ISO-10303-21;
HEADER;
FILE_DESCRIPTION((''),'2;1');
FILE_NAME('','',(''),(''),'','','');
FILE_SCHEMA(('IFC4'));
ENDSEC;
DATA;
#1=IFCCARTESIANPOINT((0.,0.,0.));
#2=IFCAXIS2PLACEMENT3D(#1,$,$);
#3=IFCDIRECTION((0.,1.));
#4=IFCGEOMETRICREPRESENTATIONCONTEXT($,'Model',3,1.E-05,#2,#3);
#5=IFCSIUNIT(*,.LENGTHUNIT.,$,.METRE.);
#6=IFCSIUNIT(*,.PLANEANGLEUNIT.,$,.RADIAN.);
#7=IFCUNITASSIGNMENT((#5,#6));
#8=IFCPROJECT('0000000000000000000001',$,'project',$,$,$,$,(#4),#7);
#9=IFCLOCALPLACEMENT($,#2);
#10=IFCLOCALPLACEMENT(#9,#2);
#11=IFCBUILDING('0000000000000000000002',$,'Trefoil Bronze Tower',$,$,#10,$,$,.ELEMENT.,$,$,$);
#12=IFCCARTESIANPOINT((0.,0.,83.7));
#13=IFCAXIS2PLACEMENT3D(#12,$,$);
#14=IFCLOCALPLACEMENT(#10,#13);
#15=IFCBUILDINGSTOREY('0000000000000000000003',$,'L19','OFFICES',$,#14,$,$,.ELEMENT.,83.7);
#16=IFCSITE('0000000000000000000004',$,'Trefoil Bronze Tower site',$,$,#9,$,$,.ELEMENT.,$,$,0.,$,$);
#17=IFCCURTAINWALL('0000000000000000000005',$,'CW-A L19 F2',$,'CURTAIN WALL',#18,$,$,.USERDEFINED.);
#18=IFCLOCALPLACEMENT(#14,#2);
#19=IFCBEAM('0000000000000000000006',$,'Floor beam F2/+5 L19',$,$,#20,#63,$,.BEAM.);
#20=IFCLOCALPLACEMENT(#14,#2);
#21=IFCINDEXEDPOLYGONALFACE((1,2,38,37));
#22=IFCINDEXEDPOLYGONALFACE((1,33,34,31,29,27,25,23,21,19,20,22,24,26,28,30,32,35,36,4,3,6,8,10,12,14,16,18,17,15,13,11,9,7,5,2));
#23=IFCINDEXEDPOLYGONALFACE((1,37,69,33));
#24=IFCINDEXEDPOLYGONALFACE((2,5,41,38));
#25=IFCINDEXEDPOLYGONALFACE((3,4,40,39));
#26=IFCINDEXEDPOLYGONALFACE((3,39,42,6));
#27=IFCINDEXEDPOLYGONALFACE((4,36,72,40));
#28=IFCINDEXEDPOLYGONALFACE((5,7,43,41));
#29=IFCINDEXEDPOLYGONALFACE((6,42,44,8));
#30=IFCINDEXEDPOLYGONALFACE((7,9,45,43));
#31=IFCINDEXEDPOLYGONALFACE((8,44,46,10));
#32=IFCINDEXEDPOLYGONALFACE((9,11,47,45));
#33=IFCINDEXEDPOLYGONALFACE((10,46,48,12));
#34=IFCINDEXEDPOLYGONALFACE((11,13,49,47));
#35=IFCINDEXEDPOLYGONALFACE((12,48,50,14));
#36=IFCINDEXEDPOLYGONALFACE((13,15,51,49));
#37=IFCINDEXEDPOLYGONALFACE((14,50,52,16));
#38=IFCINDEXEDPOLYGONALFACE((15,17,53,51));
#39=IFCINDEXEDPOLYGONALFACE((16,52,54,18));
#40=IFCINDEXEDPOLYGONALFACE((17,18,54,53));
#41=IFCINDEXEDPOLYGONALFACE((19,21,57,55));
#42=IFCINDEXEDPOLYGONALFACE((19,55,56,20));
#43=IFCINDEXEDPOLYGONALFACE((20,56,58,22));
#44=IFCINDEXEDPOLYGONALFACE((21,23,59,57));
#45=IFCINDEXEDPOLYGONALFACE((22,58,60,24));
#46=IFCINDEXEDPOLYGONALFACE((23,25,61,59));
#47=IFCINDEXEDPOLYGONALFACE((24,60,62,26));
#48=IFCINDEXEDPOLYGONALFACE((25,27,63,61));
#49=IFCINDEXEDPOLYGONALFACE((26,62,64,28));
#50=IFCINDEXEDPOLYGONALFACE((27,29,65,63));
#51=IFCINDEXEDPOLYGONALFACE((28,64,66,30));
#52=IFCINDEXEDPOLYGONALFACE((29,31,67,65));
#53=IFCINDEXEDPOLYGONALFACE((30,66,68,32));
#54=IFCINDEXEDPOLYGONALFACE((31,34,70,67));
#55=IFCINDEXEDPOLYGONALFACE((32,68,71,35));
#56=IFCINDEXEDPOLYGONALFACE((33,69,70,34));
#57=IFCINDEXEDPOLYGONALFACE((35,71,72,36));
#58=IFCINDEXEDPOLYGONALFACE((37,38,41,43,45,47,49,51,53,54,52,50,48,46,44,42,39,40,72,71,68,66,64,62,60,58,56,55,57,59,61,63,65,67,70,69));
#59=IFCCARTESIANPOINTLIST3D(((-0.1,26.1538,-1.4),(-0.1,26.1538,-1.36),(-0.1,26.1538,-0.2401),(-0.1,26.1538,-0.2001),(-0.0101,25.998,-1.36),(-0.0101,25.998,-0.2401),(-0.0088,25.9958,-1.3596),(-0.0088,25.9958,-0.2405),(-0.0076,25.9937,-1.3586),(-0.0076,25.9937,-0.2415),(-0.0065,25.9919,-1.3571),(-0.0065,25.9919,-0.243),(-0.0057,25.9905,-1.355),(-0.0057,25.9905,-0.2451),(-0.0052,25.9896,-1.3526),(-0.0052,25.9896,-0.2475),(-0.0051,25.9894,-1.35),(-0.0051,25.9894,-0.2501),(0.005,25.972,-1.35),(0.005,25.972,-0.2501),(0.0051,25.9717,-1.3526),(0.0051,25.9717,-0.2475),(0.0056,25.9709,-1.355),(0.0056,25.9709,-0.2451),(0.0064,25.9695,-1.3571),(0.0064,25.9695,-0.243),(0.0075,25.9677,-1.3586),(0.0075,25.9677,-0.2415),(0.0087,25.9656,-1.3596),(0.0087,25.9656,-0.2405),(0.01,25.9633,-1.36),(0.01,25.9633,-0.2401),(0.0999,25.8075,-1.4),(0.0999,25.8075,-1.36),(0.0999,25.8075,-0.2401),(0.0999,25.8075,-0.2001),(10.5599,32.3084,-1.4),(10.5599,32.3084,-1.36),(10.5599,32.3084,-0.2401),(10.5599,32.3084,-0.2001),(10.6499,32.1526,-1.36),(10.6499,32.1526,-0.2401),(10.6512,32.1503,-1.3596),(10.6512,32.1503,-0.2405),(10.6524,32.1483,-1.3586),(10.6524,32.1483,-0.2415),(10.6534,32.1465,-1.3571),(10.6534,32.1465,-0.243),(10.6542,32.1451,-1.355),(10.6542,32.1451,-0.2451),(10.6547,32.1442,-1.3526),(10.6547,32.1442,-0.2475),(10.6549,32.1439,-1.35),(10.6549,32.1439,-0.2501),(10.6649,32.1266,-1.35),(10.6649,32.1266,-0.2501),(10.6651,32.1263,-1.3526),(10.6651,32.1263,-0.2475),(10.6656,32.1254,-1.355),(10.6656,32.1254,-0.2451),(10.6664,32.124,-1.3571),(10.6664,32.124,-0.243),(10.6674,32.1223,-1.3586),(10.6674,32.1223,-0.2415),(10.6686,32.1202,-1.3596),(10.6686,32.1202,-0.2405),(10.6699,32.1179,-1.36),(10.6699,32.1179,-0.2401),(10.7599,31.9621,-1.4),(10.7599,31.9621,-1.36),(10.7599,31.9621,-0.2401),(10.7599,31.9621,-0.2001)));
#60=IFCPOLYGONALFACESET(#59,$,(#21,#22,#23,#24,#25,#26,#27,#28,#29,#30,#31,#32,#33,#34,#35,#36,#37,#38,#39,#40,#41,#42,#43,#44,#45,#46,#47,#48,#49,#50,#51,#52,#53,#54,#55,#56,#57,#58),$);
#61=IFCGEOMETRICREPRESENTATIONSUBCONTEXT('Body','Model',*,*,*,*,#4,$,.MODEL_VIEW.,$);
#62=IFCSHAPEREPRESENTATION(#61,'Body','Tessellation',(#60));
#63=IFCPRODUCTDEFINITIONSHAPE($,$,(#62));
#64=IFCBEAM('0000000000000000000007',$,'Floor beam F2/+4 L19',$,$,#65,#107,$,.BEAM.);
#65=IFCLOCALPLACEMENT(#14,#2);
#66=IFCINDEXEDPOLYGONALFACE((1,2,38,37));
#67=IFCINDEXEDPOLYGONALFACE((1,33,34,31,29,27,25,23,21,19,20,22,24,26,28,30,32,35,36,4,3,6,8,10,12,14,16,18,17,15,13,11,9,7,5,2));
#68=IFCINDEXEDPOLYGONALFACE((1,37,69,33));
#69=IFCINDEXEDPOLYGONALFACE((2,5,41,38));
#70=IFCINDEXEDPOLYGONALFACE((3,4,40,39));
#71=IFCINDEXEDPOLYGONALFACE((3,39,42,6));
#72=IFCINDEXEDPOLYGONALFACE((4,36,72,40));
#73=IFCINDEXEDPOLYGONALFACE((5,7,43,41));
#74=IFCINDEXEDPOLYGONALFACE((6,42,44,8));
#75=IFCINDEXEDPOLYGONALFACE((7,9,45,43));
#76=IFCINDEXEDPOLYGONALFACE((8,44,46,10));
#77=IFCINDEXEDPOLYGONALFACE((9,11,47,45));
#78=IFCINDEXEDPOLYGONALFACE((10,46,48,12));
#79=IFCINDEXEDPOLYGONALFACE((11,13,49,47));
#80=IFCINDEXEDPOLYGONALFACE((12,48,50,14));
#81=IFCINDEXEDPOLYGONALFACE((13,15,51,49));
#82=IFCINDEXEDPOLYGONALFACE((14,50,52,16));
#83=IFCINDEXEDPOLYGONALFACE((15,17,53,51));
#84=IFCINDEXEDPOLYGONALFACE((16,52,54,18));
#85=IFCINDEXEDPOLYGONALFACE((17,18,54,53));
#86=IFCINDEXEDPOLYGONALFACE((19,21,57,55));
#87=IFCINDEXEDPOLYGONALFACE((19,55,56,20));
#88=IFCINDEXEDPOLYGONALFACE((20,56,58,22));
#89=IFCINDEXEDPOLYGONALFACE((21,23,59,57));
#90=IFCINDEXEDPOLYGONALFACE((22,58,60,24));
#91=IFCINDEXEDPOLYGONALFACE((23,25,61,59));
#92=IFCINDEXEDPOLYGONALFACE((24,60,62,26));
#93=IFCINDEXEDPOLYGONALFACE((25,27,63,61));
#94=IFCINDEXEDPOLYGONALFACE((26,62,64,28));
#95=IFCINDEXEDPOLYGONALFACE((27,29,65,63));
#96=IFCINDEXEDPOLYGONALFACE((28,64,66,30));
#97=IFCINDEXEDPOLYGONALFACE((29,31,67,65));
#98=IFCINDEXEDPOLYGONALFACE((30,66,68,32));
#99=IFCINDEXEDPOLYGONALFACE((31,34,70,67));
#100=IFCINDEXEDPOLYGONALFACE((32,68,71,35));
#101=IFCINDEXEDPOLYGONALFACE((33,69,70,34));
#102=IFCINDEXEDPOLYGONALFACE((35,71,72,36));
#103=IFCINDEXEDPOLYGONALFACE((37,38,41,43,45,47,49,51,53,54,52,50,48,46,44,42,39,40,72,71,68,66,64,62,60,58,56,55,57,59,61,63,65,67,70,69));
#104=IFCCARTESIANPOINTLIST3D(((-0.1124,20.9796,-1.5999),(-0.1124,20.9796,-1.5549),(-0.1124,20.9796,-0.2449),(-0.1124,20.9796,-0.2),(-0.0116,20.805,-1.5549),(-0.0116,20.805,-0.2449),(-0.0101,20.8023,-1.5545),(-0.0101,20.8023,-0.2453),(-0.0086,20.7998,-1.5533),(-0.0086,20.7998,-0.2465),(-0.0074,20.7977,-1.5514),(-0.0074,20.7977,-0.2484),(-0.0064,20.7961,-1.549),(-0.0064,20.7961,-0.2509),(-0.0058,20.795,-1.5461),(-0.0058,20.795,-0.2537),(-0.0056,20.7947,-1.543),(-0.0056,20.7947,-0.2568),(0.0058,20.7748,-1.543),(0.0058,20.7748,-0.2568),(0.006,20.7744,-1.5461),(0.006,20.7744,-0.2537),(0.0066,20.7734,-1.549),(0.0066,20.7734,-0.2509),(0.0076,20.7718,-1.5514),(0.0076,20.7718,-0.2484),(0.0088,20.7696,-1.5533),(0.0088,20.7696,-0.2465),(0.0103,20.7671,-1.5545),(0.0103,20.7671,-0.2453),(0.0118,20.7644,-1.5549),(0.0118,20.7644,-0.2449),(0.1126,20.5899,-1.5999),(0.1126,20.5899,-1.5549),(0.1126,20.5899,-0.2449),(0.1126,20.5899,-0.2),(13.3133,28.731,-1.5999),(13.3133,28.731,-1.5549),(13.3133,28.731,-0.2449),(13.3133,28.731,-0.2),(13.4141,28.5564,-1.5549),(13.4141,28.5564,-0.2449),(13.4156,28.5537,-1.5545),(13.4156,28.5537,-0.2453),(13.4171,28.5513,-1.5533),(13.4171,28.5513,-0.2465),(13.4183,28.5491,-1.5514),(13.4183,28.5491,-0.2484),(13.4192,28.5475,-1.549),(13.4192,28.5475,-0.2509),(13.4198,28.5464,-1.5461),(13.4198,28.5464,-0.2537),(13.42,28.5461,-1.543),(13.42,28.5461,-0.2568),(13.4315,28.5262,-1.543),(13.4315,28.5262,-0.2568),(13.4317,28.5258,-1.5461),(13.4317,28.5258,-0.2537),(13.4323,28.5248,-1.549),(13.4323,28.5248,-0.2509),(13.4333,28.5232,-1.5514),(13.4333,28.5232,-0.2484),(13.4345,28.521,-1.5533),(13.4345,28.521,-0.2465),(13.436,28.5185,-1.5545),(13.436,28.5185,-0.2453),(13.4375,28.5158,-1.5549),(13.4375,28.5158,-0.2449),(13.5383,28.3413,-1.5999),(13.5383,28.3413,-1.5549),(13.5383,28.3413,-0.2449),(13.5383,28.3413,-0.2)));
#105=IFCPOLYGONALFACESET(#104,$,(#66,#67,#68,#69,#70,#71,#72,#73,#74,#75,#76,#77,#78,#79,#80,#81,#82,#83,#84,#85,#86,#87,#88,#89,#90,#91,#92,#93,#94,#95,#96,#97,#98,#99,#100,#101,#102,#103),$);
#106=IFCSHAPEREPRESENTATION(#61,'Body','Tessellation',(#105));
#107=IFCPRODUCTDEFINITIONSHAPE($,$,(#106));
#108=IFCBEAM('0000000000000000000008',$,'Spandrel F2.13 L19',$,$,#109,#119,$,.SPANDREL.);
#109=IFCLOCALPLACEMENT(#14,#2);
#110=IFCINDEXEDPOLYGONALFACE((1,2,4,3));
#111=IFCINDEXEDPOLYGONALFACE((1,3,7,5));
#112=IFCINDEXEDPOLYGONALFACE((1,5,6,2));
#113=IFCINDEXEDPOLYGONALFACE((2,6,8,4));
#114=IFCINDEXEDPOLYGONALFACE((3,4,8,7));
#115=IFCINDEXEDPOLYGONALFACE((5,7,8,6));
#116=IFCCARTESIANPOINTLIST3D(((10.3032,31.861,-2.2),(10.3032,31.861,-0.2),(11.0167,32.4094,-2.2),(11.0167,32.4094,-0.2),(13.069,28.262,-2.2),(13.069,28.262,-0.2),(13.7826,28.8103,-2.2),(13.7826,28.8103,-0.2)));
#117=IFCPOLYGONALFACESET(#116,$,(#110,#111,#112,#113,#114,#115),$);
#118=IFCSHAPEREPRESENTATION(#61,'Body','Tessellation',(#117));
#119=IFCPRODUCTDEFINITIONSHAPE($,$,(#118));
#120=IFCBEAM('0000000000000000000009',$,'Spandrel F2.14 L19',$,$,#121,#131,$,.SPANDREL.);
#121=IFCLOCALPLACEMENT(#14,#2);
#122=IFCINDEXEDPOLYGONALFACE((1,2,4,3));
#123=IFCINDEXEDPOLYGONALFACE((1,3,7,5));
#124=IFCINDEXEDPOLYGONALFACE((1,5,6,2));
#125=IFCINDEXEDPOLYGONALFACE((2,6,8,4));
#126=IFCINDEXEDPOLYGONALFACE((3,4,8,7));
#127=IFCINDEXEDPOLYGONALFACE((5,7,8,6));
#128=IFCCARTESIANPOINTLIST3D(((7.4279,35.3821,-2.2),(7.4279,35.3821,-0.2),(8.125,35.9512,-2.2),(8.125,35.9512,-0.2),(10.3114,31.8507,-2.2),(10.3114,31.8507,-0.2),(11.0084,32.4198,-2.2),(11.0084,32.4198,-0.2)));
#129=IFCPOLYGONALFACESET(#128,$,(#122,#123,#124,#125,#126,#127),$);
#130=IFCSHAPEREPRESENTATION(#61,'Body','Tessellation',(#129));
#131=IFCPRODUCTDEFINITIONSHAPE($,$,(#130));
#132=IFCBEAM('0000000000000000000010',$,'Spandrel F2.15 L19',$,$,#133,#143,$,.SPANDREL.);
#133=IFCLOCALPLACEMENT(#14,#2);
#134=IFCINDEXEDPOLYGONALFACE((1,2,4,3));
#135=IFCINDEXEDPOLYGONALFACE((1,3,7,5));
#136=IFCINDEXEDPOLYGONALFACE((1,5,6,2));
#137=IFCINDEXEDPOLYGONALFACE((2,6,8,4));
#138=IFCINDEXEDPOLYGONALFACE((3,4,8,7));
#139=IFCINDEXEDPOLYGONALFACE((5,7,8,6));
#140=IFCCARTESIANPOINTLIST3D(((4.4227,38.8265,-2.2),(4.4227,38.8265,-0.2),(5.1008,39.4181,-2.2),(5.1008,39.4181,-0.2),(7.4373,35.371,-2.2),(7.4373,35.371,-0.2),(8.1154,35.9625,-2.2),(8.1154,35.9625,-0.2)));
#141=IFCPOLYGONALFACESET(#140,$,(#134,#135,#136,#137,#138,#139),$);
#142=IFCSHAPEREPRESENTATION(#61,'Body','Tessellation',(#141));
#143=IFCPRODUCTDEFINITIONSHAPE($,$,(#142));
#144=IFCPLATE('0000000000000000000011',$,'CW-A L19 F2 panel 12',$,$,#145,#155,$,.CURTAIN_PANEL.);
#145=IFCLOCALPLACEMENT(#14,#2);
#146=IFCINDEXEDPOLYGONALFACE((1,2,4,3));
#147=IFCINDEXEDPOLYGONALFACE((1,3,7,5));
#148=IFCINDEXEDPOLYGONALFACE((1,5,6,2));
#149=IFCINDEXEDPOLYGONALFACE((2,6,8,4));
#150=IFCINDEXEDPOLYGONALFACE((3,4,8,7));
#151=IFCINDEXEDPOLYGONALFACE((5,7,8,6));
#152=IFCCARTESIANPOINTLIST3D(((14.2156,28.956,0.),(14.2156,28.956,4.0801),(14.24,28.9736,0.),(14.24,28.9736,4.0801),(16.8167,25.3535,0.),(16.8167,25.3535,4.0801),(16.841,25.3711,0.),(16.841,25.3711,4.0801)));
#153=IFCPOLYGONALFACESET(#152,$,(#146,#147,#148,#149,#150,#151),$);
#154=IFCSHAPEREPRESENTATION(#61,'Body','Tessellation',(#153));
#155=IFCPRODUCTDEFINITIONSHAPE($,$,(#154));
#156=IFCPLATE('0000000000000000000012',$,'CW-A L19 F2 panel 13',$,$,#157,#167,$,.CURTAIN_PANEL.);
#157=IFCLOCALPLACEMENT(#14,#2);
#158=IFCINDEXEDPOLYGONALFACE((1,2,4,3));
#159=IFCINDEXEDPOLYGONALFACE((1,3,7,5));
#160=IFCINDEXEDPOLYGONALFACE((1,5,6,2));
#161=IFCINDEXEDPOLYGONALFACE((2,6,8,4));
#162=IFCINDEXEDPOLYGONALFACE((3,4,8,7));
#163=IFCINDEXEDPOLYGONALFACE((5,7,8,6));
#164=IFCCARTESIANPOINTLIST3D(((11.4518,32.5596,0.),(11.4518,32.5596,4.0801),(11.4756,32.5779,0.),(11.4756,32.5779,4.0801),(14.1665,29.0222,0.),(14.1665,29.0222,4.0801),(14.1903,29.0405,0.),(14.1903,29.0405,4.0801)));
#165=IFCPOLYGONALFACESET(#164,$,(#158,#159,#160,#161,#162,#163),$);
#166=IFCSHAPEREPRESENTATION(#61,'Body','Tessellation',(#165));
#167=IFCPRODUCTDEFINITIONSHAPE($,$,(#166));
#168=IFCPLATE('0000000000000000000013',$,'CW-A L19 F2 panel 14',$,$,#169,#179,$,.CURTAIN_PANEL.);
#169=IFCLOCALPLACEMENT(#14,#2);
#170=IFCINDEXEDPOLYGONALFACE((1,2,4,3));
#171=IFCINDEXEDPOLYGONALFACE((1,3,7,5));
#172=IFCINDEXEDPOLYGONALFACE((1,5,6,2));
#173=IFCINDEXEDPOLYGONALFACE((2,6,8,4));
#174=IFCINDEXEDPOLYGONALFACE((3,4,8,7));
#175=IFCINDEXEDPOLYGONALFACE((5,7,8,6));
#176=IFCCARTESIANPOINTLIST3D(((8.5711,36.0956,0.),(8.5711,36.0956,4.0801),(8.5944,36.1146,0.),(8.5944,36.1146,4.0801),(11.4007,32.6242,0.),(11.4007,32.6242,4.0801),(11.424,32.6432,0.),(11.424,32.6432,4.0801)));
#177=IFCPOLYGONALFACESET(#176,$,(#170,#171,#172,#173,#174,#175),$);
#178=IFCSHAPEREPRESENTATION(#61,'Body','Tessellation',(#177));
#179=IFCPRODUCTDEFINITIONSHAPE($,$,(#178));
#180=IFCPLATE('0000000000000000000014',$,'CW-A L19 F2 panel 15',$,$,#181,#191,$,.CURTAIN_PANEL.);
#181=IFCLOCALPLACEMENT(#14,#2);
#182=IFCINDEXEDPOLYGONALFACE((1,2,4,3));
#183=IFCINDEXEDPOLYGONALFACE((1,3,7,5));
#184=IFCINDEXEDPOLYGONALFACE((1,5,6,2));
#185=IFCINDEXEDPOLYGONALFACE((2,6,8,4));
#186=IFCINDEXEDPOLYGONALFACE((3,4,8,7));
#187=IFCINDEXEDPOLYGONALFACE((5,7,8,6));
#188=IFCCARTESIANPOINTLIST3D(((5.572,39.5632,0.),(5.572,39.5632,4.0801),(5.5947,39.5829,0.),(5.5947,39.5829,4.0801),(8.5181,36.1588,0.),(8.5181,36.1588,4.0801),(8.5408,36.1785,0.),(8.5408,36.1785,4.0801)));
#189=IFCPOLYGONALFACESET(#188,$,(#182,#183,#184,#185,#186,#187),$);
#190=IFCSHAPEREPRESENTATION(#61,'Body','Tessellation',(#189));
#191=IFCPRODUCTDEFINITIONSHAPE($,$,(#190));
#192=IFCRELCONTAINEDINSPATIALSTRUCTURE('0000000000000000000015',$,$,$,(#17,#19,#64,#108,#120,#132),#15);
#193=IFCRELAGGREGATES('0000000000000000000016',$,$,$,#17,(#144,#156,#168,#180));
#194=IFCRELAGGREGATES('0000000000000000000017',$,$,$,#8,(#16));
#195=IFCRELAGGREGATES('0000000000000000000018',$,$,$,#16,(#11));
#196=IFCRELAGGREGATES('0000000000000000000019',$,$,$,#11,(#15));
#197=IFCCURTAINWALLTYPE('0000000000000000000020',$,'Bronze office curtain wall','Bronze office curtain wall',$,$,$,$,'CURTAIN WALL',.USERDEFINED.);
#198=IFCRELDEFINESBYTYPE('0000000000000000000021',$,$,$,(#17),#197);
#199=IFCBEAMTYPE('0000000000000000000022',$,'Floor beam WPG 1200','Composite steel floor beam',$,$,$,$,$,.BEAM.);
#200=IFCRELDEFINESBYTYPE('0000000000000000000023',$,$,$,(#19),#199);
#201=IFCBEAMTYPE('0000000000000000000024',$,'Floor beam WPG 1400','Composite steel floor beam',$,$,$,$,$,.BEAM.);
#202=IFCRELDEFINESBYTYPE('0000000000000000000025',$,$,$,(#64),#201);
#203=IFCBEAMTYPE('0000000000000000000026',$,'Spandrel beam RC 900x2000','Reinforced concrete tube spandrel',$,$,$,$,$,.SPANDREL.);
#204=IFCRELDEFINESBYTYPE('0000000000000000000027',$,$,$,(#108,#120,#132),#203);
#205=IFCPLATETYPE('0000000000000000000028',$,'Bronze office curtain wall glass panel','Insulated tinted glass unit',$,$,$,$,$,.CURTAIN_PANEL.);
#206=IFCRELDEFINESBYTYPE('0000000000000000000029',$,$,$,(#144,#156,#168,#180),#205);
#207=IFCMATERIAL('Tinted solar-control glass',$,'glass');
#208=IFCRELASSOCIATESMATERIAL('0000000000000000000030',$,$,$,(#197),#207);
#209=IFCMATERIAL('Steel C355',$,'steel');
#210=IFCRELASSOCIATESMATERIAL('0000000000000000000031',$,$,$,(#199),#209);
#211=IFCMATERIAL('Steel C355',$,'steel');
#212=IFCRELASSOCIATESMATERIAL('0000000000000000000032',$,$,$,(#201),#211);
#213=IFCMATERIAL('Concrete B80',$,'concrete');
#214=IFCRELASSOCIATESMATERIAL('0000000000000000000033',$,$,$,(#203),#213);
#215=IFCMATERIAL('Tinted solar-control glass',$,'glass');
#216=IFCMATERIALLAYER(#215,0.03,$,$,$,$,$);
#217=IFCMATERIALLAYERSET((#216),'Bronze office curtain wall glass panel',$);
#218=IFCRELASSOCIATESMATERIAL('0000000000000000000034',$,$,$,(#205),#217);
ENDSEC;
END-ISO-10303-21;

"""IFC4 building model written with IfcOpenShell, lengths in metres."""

from ifc_helpers import new_model, si_unit, direction, frame, origin, origin_2d, place, context, subcontext, project, spatial, rectangle, i_section, extrude, material, layer, layer_set, material_profile, profile_set, type_object, element, aggregate, save


model = new_model("IFC4")

# Units and contexts
model_context = context("Model", 3, precision=1e-05, world=origin(), true_north=direction((0.0, 1.0)))
body_context = subcontext(model_context, "Body", "Model", "MODEL_VIEW")
ifc_project = project(units=[si_unit("LENGTHUNIT", "METRE"), si_unit("PLANEANGLEUNIT", "RADIAN")], contexts=[model_context])

# Site, building, storey
site_placement = place(None, origin())
site = spatial("IfcSite", under=ifc_project, at=site_placement, Name="Trefoil Bronze Tower site", CompositionType="ELEMENT", RefElevation=0.0)
building_placement = place(site_placement, origin())
building = spatial("IfcBuilding", under=site, at=building_placement, Name="Trefoil Bronze Tower", CompositionType="ELEMENT")
storey_placement = place(building_placement, frame((0.0, 0.0, 83.7)))
storey = spatial("IfcBuildingStorey", under=building, at=storey_placement, Name="L19", Description="OFFICES", CompositionType="ELEMENT", Elevation=83.7)

# Curtain wall
ifc_material_1 = material(Name="Tinted solar-control glass", Category="glass")
curtain_wall_type_1 = type_object("IfcCurtainWallType", Name="Bronze office curtain wall", Description="Bronze office curtain wall", ElementType="CURTAIN WALL", PredefinedType="USERDEFINED", material=ifc_material_1)
curtain_wall_1_placement = place(storey_placement, origin())
curtain_wall_1 = element("IfcCurtainWall", 1, at=curtain_wall_1_placement, inside=storey, type_object=curtain_wall_type_1, Name="CW-A L19 F2", ObjectType="CURTAIN WALL", PredefinedType="USERDEFINED")

# Beams
ifc_material_2 = material(Name="Steel C355", Category="steel")
ifc_material_profile_1 = material_profile(ifc_material_2, i_section(OverallWidth=0.3999, OverallDepth=1.2, WebThickness=0.02, FlangeThickness=0.04, FilletRadius=0.01, at=origin_2d()), Name="WPG 1200")
ifc_profile_set_1 = profile_set([ifc_material_profile_1], Name="Steel C355")
beam_type_1 = type_object("IfcBeamType", Name="Floor beam WPG 1200", Description="Composite steel floor beam", PredefinedType="BEAM", material=ifc_profile_set_1)
beam_1_placement = place(storey_placement, frame((10.6599, 32.1353, -0.8), z_axis=(-0.866024, -0.500002, 0.0), x_axis=(0.500002, -0.866024, 0.0)))
element("IfcBeam", 2, at=beam_1_placement, inside=storey, type_object=beam_type_1, Name="Floor beam F2/+5 L19", PredefinedType="BEAM", context=body_context, shape_type="SweptSolid", body=[
    extrude(i_section(OverallWidth=0.3999, OverallDepth=1.2, WebThickness=0.02, FlangeThickness=0.04, FilletRadius=0.01, at=origin_2d()), origin(), (0.0, 0.0, 1.0), 12.3091),
])
ifc_material_3 = material(Name="Steel C355", Category="steel")
ifc_material_profile_2 = material_profile(ifc_material_3, i_section(OverallWidth=0.45, OverallDepth=1.3999, WebThickness=0.0229, FlangeThickness=0.0449, FilletRadius=0.012, at=origin_2d()), Name="WPG 1400")
ifc_profile_set_2 = profile_set([ifc_material_profile_2], Name="Steel C355")
beam_type_2 = type_object("IfcBeamType", Name="Floor beam WPG 1400", Description="Composite steel floor beam", PredefinedType="BEAM", material=ifc_profile_set_2)
beam_2_placement = place(storey_placement, frame((13.4258, 28.5361, -0.8999), z_axis=(-0.866023, -0.500004, 0.0), x_axis=(0.500004, -0.866023, 0.0)))
element("IfcBeam", 3, at=beam_2_placement, inside=storey, type_object=beam_type_2, Name="Floor beam F2/+4 L19", PredefinedType="BEAM", context=body_context, shape_type="SweptSolid", body=[
    extrude(i_section(OverallWidth=0.45, OverallDepth=1.3999, WebThickness=0.0229, FlangeThickness=0.0449, FilletRadius=0.012, at=origin_2d()), origin(), (0.0, 0.0, 1.0), 15.5027),
])
ifc_material_4 = material(Name="Concrete B80", Category="concrete")
ifc_material_profile_3 = material_profile(ifc_material_4, rectangle(XDim=0.8999, YDim=2.0, at=origin_2d()), Name="RC 900x2000")
ifc_profile_set_3 = profile_set([ifc_material_profile_3], Name="Concrete B80")
beam_type_3 = type_object("IfcBeamType", Name="Spandrel beam RC 900x2000", Description="Reinforced concrete tube spandrel", PredefinedType="SPANDREL", material=ifc_profile_set_3)
beam_3_placement = place(storey_placement, frame((13.4258, 28.5361, -1.2), z_axis=(-0.609339, 0.79291, 0.0), x_axis=(-0.79291, -0.609339, 0.0)))
element("IfcBeam", 4, at=beam_3_placement, inside=storey, type_object=beam_type_3, Name="Spandrel F2.13 L19", PredefinedType="SPANDREL", context=body_context, shape_type="SweptSolid", body=[
    extrude(rectangle(XDim=0.8999, YDim=2.0, at=origin_2d()), origin(), (0.0, 0.0, 1.0), 4.5391),
])
beam_4_placement = place(storey_placement, frame((10.6599, 32.1353, -1.2), z_axis=(-0.632468, 0.774587, 0.0), x_axis=(-0.774587, -0.632468, 0.0)))
element("IfcBeam", 5, at=beam_4_placement, inside=storey, type_object=beam_type_3, Name="Spandrel F2.14 L19", PredefinedType="SPANDREL", context=body_context, shape_type="SweptSolid", body=[
    extrude(rectangle(XDim=0.8999, YDim=2.0, at=origin_2d()), origin(), (0.0, 0.0, 1.0), 4.5591),
])
beam_5_placement = place(storey_placement, frame((7.7764, 35.6667, -1.2), z_axis=(-0.657396, 0.753545, 0.0), x_axis=(-0.753545, -0.657396, 0.0)))
element("IfcBeam", 6, at=beam_5_placement, inside=storey, type_object=beam_type_3, Name="Spandrel F2.15 L19", PredefinedType="SPANDREL", context=body_context, shape_type="SweptSolid", body=[
    extrude(rectangle(XDim=0.8999, YDim=2.0, at=origin_2d()), origin(), (0.0, 0.0, 1.0), 4.5857),
])

# Plates
ifc_material_5 = material(Name="Tinted solar-control glass", Category="glass")
ifc_layer_1 = layer(ifc_material_5, 0.03)
ifc_layer_set_1 = layer_set([ifc_layer_1], Name="Bronze office curtain wall glass panel")
plate_type_1 = type_object("IfcPlateType", Name="Bronze office curtain wall glass panel", Description="Insulated tinted glass unit", PredefinedType="CURTAIN_PANEL", material=ifc_layer_set_1)
plate_1_placement = place(storey_placement, frame((15.5283, 27.1636, 0.0), z_axis=(0.0, 0.0, 1.0), x_axis=(-0.585373, 0.810764, 0.0)))
plate_1 = element("IfcPlate", 7, at=plate_1_placement, type_object=plate_type_1, Name="CW-A L19 F2 panel 12", PredefinedType="CURTAIN_PANEL", context=body_context, shape_type="SweptSolid", body=[
    extrude(rectangle(XDim=4.4434, YDim=0.03, at=origin_2d()), origin(), (0.0, 0.0, 1.0), 4.0801),
])
plate_2_placement = place(storey_placement, frame((12.821, 30.8, 0.0), z_axis=(0.0, 0.0, 1.0), x_axis=(-0.608808, 0.793318, 0.0)))
plate_2 = element("IfcPlate", 8, at=plate_2_placement, type_object=plate_type_1, Name="CW-A L19 F2 panel 13", PredefinedType="CURTAIN_PANEL", context=body_context, shape_type="SweptSolid", body=[
    extrude(rectangle(XDim=4.459, YDim=0.03, at=origin_2d()), origin(), (0.0, 0.0, 1.0), 4.0801),
])
plate_3_placement = place(storey_placement, frame((9.9976, 34.3694, 0.0), z_axis=(0.0, 0.0, 1.0), x_axis=(-0.631811, 0.775123, 0.0)))
plate_3 = element("IfcPlate", 9, at=plate_3_placement, type_object=plate_type_1, Name="CW-A L19 F2 panel 14", PredefinedType="CURTAIN_PANEL", context=body_context, shape_type="SweptSolid", body=[
    extrude(rectangle(XDim=4.4785, YDim=0.03, at=origin_2d()), origin(), (0.0, 0.0, 1.0), 4.0801),
])
plate_4_placement = place(storey_placement, frame((7.0564, 37.8708, 0.0), z_axis=(0.0, 0.0, 1.0), x_axis=(-0.654376, 0.756169, 0.0)))
plate_4 = element("IfcPlate", 10, at=plate_4_placement, type_object=plate_type_1, Name="CW-A L19 F2 panel 15", PredefinedType="CURTAIN_PANEL", context=body_context, shape_type="SweptSolid", body=[
    extrude(rectangle(XDim=4.5022, YDim=0.03, at=origin_2d()), origin(), (0.0, 0.0, 1.0), 4.0801),
])
aggregate(curtain_wall_1, [plate_1, plate_2, plate_3, plate_4])

save(model, "model.ifc")
